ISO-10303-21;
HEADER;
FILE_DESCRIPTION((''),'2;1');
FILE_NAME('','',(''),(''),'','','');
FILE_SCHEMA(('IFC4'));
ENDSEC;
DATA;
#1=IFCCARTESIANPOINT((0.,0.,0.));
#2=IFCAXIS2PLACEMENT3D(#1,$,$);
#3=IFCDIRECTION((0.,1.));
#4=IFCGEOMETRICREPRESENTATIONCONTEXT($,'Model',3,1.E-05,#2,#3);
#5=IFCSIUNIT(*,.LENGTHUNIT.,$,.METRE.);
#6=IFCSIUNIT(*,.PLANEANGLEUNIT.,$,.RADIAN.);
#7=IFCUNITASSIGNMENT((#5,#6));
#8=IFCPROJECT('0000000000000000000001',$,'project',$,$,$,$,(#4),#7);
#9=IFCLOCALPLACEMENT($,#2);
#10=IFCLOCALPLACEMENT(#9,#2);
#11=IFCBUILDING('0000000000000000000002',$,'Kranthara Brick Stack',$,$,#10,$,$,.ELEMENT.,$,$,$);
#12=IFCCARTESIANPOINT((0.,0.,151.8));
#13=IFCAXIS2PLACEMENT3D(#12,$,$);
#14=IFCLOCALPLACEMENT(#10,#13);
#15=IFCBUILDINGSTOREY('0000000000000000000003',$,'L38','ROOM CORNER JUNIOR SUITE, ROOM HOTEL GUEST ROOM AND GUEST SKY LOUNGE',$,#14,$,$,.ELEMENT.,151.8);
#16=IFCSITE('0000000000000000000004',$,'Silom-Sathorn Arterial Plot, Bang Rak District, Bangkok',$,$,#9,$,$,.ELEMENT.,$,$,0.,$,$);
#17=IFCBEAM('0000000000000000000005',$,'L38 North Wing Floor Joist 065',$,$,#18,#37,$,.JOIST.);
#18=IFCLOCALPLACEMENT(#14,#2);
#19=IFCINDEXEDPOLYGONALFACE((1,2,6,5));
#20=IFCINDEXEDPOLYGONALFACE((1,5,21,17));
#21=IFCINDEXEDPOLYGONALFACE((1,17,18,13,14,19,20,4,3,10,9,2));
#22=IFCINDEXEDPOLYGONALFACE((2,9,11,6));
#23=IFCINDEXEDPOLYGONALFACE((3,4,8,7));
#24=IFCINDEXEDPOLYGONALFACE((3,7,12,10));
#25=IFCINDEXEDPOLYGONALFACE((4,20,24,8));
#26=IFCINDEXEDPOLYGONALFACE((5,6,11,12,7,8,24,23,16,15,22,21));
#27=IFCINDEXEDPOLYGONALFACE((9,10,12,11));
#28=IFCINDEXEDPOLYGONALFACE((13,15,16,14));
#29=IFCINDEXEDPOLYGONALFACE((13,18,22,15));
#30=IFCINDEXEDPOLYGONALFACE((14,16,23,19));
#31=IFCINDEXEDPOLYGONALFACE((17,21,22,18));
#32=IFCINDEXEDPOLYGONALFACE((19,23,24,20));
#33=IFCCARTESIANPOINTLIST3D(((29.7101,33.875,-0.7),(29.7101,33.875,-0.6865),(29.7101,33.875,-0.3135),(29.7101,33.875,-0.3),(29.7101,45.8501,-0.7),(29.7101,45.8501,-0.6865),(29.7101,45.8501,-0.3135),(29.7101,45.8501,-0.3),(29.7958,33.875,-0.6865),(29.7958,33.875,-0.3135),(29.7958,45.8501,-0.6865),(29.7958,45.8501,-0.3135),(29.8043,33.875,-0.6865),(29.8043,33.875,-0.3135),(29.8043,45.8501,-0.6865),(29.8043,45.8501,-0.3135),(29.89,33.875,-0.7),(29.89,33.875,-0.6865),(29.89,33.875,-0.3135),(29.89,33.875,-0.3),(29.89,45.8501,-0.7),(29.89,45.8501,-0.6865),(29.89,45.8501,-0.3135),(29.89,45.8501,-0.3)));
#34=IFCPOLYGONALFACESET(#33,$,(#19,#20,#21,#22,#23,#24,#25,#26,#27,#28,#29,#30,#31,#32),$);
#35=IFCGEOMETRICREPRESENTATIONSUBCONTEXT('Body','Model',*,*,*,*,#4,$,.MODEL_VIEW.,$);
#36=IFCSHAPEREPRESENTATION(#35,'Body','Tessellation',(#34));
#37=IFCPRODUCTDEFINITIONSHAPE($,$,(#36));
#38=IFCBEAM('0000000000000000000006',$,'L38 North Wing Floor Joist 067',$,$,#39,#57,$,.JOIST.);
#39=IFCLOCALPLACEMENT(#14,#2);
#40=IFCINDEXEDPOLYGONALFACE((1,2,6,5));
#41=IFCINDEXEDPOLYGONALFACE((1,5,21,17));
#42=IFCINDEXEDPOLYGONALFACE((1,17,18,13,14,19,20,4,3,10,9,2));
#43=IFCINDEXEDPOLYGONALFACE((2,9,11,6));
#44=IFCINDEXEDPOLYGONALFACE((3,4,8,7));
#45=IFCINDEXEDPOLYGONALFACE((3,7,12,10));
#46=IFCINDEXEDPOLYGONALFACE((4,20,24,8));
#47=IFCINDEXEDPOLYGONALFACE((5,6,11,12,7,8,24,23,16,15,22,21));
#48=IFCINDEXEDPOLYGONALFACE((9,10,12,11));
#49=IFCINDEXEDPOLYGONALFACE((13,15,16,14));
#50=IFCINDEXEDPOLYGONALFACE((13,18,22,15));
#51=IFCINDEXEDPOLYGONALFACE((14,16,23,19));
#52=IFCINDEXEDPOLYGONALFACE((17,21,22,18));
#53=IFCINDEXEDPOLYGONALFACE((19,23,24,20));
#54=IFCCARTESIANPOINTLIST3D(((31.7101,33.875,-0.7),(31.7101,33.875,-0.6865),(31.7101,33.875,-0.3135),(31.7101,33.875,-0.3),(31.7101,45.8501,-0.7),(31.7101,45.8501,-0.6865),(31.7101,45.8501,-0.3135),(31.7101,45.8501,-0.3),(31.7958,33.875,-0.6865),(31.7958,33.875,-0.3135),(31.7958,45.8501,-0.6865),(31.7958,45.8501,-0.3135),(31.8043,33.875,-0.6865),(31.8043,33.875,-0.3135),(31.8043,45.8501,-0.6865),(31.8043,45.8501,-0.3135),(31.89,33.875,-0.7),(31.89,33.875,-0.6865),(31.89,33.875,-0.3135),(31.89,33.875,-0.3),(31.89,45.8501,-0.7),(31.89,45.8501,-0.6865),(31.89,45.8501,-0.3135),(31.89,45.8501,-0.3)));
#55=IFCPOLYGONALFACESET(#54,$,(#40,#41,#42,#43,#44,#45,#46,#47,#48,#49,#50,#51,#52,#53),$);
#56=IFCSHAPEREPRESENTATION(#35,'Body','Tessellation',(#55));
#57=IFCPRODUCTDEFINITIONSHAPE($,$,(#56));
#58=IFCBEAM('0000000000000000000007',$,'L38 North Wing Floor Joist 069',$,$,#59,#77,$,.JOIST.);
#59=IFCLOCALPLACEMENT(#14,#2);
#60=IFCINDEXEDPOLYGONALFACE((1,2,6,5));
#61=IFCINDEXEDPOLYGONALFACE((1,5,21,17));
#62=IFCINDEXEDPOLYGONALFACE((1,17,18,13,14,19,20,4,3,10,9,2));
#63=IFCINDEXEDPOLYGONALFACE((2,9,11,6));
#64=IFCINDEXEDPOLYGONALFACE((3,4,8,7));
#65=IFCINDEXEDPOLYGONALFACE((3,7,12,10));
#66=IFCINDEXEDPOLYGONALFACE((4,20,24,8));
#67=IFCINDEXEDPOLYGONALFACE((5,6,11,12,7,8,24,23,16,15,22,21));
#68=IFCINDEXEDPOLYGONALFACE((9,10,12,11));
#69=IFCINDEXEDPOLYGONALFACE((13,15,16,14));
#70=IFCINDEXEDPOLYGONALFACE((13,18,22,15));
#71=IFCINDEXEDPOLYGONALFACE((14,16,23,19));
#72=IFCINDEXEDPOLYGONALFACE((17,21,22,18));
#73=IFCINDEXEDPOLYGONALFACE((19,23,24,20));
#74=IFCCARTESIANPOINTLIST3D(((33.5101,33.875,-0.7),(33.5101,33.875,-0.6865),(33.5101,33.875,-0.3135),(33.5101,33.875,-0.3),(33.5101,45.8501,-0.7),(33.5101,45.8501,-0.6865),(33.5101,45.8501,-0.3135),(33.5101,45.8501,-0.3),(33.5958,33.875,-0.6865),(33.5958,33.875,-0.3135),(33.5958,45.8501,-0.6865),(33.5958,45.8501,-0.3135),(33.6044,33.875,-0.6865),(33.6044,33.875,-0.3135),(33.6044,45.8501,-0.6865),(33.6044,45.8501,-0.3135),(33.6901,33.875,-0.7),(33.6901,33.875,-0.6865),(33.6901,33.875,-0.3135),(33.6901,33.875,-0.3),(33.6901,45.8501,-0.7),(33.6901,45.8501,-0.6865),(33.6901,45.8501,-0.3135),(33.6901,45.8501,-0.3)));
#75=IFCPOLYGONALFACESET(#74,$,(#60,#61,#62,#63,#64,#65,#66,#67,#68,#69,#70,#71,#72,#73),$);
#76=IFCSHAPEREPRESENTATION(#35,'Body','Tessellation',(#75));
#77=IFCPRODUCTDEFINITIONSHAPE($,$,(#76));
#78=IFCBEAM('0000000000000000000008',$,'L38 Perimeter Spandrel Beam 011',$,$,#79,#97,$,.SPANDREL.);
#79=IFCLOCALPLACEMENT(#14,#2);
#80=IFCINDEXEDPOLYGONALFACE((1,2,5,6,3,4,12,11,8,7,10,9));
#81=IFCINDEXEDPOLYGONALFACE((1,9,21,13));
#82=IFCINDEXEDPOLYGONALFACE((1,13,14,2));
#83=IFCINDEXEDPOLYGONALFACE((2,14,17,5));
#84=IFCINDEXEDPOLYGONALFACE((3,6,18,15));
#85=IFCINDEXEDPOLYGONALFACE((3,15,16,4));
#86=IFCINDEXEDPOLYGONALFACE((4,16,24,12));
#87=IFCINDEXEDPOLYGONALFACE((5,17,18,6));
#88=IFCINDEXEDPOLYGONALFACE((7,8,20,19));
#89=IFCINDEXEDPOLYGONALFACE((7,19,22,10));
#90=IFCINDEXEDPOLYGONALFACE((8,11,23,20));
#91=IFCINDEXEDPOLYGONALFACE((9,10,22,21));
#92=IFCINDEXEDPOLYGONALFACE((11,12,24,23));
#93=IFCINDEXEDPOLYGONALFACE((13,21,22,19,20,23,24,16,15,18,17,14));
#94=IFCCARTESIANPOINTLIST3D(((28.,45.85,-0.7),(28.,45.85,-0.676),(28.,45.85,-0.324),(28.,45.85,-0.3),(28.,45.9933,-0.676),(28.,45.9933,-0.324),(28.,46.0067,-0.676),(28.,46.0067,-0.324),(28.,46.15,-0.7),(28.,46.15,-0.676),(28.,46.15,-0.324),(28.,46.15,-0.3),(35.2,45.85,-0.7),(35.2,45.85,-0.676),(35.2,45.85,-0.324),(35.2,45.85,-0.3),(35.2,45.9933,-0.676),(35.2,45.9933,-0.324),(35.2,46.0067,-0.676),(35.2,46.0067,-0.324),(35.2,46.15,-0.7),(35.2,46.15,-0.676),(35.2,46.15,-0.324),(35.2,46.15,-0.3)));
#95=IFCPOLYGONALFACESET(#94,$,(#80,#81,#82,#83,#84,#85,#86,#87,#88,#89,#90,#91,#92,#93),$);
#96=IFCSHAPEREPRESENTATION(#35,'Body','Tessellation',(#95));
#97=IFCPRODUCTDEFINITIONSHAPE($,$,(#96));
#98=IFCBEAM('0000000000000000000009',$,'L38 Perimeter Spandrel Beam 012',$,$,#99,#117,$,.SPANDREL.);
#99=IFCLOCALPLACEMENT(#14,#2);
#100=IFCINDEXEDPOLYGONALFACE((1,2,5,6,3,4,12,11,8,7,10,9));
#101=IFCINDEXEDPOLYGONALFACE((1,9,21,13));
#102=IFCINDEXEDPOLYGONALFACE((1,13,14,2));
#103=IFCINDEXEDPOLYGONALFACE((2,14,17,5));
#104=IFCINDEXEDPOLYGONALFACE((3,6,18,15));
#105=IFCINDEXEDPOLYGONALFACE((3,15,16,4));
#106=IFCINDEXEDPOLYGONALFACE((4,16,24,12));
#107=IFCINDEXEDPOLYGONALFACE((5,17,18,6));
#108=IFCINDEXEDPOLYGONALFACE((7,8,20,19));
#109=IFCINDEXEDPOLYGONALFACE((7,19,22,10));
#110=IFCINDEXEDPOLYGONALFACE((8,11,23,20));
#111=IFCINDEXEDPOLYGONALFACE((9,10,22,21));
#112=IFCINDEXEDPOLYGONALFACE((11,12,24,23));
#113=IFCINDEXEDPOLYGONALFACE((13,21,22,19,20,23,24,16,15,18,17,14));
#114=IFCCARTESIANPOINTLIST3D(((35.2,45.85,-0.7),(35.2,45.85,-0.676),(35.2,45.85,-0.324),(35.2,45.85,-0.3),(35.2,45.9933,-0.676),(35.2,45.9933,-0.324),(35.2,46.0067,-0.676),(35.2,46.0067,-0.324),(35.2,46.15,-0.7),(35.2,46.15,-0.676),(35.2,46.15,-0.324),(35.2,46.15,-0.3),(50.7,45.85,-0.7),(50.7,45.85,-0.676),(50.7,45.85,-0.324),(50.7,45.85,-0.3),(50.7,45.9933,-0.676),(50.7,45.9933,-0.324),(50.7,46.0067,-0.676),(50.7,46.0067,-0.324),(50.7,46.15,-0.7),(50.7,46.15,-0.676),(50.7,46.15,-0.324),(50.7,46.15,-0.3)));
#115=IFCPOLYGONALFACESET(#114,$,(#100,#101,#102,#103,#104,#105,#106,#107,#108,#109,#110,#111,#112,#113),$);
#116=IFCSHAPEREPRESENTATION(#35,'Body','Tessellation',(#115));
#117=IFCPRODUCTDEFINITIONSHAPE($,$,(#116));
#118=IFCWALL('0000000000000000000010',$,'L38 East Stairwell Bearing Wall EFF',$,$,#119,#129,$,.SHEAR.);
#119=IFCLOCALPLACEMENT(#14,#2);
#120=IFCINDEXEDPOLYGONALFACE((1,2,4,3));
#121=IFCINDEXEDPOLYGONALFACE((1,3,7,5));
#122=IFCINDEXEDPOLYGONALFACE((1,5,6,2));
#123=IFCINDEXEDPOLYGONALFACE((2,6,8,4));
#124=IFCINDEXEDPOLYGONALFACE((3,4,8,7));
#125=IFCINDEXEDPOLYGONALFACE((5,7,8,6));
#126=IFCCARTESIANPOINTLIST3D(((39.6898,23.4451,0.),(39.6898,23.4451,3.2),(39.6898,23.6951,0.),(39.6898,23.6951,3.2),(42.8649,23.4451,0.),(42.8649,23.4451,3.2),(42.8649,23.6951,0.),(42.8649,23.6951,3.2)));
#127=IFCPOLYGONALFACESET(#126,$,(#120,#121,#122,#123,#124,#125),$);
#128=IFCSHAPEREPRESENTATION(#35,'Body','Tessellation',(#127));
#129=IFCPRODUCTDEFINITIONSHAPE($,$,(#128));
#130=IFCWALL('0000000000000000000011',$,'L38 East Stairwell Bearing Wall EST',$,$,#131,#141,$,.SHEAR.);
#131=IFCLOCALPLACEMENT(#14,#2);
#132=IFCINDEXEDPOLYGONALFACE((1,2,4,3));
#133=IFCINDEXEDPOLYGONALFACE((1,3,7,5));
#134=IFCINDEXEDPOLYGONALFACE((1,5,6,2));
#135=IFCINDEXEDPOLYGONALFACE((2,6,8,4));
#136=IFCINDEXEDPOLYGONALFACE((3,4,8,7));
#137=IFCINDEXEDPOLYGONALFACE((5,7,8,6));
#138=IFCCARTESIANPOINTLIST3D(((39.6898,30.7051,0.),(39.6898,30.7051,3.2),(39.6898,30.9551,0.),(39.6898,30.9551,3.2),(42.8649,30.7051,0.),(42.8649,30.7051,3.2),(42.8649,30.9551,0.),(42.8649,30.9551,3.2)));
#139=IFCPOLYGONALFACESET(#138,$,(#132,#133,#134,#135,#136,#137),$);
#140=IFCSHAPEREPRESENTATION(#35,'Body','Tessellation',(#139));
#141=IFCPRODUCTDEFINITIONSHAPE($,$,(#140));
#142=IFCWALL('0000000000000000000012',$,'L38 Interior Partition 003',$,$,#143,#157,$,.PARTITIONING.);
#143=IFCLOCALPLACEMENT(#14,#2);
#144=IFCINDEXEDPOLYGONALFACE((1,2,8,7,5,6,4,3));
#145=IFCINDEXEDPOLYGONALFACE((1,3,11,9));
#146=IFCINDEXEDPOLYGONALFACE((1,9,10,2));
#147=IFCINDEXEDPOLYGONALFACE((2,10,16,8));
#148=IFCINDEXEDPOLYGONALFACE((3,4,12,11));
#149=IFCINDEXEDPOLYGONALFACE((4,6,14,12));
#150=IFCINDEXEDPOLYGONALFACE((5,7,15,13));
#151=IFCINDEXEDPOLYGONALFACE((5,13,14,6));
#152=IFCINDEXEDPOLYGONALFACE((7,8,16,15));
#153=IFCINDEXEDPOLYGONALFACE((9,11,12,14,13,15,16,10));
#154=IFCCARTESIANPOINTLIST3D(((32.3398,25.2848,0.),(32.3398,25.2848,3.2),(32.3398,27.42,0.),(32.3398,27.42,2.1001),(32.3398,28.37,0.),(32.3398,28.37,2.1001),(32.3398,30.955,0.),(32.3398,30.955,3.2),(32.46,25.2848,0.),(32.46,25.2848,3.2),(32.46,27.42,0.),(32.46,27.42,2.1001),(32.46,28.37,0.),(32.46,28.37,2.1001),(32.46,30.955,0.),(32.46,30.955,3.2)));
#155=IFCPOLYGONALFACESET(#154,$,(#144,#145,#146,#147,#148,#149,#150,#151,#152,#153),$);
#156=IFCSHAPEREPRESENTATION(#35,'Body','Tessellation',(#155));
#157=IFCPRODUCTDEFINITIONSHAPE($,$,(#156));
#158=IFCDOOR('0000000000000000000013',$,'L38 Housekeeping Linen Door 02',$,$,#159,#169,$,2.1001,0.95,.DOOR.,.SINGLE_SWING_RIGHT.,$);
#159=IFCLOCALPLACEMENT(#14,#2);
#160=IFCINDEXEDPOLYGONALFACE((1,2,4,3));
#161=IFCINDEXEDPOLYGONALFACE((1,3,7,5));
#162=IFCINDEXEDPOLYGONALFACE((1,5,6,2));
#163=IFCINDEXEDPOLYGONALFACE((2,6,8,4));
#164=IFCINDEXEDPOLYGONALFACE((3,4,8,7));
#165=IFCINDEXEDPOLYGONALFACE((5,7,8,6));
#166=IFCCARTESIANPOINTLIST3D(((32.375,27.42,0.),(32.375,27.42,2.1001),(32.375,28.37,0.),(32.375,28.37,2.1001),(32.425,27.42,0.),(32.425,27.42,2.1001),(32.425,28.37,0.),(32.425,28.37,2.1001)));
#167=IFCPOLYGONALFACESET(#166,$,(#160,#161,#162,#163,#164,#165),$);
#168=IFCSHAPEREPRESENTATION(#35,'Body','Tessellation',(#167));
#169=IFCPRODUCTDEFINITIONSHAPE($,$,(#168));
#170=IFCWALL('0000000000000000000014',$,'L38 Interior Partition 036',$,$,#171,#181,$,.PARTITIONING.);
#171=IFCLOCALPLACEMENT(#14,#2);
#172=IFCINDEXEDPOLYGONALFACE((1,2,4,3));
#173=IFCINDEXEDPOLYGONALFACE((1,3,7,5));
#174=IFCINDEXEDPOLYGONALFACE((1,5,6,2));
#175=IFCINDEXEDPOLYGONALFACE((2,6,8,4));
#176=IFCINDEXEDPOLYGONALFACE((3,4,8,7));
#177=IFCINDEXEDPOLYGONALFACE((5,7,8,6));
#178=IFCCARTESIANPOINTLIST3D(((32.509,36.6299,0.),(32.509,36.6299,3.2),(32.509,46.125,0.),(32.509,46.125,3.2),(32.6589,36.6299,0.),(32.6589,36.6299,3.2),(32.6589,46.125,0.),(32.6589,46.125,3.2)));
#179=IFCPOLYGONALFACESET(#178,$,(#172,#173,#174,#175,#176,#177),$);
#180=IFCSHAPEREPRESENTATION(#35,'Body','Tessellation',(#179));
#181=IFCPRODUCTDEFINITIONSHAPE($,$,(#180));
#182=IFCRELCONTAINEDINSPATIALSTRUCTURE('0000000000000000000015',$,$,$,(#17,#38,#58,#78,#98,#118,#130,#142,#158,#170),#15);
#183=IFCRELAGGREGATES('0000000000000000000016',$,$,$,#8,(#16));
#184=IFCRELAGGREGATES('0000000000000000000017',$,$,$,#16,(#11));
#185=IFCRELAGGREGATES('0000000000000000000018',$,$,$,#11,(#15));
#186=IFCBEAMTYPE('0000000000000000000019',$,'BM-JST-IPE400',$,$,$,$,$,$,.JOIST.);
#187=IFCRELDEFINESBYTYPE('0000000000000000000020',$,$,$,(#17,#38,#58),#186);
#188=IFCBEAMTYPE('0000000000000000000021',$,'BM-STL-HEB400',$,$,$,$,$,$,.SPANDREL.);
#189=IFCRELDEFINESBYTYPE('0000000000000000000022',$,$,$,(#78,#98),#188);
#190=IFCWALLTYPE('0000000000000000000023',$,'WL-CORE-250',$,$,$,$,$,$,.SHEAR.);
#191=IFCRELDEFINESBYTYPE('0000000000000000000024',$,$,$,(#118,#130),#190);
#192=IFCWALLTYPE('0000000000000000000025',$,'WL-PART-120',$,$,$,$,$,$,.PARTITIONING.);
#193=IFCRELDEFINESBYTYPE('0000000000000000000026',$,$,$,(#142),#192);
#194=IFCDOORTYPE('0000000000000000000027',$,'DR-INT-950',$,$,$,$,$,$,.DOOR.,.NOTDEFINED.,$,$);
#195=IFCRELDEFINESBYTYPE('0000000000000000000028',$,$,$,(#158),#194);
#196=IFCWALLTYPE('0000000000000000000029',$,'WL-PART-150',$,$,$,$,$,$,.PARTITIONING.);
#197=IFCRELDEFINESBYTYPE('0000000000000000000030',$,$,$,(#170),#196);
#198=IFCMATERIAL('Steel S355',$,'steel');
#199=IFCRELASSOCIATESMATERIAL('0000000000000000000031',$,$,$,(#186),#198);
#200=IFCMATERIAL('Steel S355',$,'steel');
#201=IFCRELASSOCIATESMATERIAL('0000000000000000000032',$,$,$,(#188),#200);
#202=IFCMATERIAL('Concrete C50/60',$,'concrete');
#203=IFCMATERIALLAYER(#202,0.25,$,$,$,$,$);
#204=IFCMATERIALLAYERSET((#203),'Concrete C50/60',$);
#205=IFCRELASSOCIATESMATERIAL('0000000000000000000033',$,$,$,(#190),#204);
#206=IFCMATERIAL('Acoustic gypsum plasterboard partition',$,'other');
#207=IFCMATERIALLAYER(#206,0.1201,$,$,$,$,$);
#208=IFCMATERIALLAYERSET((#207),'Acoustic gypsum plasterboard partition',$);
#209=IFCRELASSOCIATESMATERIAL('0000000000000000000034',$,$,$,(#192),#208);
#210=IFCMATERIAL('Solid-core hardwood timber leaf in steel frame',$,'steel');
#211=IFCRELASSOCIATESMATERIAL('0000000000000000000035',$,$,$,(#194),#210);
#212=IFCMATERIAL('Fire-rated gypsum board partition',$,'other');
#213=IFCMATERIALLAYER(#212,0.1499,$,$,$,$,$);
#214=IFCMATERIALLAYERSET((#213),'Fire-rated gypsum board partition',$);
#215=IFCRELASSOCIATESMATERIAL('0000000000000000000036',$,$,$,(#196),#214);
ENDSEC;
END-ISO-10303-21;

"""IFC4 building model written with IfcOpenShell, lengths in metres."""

from ifc_helpers import new_model, si_unit, direction, frame, frame_2d, origin, origin_2d, place, context, subcontext, project, spatial, rectangle, i_section, extrude, material, layer, layer_set, material_profile, profile_set, type_object, element, fill, save


model = new_model("IFC4")

# Units and contexts
model_context = context("Model", 3, precision=1e-05, world=origin(), true_north=direction((0.0, 1.0)))
body_context = subcontext(model_context, "Body", "Model", "MODEL_VIEW")
ifc_project = project(units=[si_unit("LENGTHUNIT", "METRE"), si_unit("PLANEANGLEUNIT", "RADIAN")], contexts=[model_context])

# Site, building, storey
site_placement = place(None, origin())
site = spatial("IfcSite", under=ifc_project, at=site_placement, Name="Silom-Sathorn Arterial Plot, Bang Rak District, Bangkok", CompositionType="ELEMENT", RefElevation=0.0)
building_placement = place(site_placement, origin())
building = spatial("IfcBuilding", under=site, at=building_placement, Name="Kranthara Brick Stack", CompositionType="ELEMENT")
storey_placement = place(building_placement, frame((0.0, 0.0, 151.8)))
storey = spatial("IfcBuildingStorey", under=building, at=storey_placement, Name="L38", Description="ROOM CORNER JUNIOR SUITE, ROOM HOTEL GUEST ROOM AND GUEST SKY LOUNGE", CompositionType="ELEMENT", Elevation=151.8)

# Beams
ifc_material_1 = material(Name="Steel S355", Category="steel")
ifc_material_profile_1 = material_profile(ifc_material_1, i_section(OverallWidth=0.1799, OverallDepth=0.3999, WebThickness=0.0085, FlangeThickness=0.0134, at=origin_2d()), Name="IPE 400")
ifc_profile_set_1 = profile_set([ifc_material_profile_1], Name="Steel S355")
beam_type_1 = type_object("IfcBeamType", Name="BM-JST-IPE400", PredefinedType="JOIST", material=ifc_profile_set_1)
for number, where, z_axis, x_axis, name in (
    (1, (29.8, 33.875, -0.5), (0.0, 1.0, 0.0), (-1.0, 0.0, 0.0), "L38 North Wing Floor Joist 065"),
    (2, (31.8, 33.875, -0.5), (0.0, 1.0, 0.0), (-1.0, 0.0, 0.0), "L38 North Wing Floor Joist 067"),
    (3, (33.6001, 33.875, -0.5), (0.0, 1.0, 0.0), (-1.0, 0.0, 0.0), "L38 North Wing Floor Joist 069"),
):
    element("IfcBeam", number, at=place(storey_placement, frame(where, z_axis=z_axis, x_axis=x_axis)), inside=storey, type_object=beam_type_1, Name=name, PredefinedType="JOIST", context=body_context, shape_type="SweptSolid", body=[
        extrude(i_section(OverallWidth=0.1799, OverallDepth=0.3999, WebThickness=0.0085, FlangeThickness=0.0134, at=origin_2d()), origin(), (0.0, 0.0, 1.0), 11.9751),
    ])
ifc_material_2 = material(Name="Steel S355", Category="steel")
ifc_material_profile_2 = material_profile(ifc_material_2, i_section(OverallWidth=0.3, OverallDepth=0.3999, WebThickness=0.0134, FlangeThickness=0.0239, at=origin_2d()), Name="HEB 400")
ifc_profile_set_2 = profile_set([ifc_material_profile_2], Name="Steel S355")
beam_type_2 = type_object("IfcBeamType", Name="BM-STL-HEB400", PredefinedType="SPANDREL", material=ifc_profile_set_2)
beam_1_placement = place(storey_placement, frame((28.0, 46.0, -0.5), z_axis=(1.0, 0.0, 0.0), x_axis=(0.0, 1.0, 0.0)))
element("IfcBeam", 4, at=beam_1_placement, inside=storey, type_object=beam_type_2, Name="L38 Perimeter Spandrel Beam 011", PredefinedType="SPANDREL", context=body_context, shape_type="SweptSolid", body=[
    extrude(i_section(OverallWidth=0.3, OverallDepth=0.3999, WebThickness=0.0134, FlangeThickness=0.0239, at=origin_2d()), origin(), (0.0, 0.0, 1.0), 7.2),
])
beam_2_placement = place(storey_placement, frame((35.2, 46.0, -0.5), z_axis=(1.0, 0.0, 0.0), x_axis=(0.0, 1.0, 0.0)))
element("IfcBeam", 5, at=beam_2_placement, inside=storey, type_object=beam_type_2, Name="L38 Perimeter Spandrel Beam 012", PredefinedType="SPANDREL", context=body_context, shape_type="SweptSolid", body=[
    extrude(i_section(OverallWidth=0.3, OverallDepth=0.3999, WebThickness=0.0134, FlangeThickness=0.0239, at=origin_2d()), origin(), (0.0, 0.0, 1.0), 15.5),
])

# Walls
ifc_material_3 = material(Name="Concrete C50/60", Category="concrete")
ifc_layer_1 = layer(ifc_material_3, 0.25)
ifc_layer_set_1 = layer_set([ifc_layer_1], Name="Concrete C50/60")
wall_type_1 = type_object("IfcWallType", Name="WL-CORE-250", PredefinedType="SHEAR", material=ifc_layer_set_1)
for number, where, z_axis, x_axis, name in (
    (6, (39.6899, 23.5701, 0.0), (0.0, 0.0, 1.0), (1.0, 0.0, 0.0), "L38 East Stairwell Bearing Wall EFF"),
    (7, (39.6899, 30.8301, 0.0), (0.0, 0.0, 1.0), (1.0, 0.0, 0.0), "L38 East Stairwell Bearing Wall EST"),
):
    element("IfcWall", number, at=place(storey_placement, frame(where, z_axis=z_axis, x_axis=x_axis)), inside=storey, type_object=wall_type_1, Name=name, PredefinedType="SHEAR", context=body_context, shape_type="SweptSolid", body=[
        extrude(rectangle(XDim=3.175, YDim=0.25, at=frame_2d((1.5874, 0.0))), origin(), (0.0, 0.0, 1.0), 3.2),
    ])

# Wall, opening, door
ifc_material_4 = material(Name="Acoustic gypsum plasterboard partition", Category="other")
ifc_layer_2 = layer(ifc_material_4, 0.1201)
ifc_layer_set_2 = layer_set([ifc_layer_2], Name="Acoustic gypsum plasterboard partition")
wall_type_2 = type_object("IfcWallType", Name="WL-PART-120", PredefinedType="PARTITIONING", material=ifc_layer_set_2)
wall_1_placement = place(storey_placement, frame((32.3999, 25.2849, 0.0), z_axis=(0.0, 0.0, 1.0), x_axis=(0.0, 1.0, 0.0)))
wall_1 = element("IfcWall", 8, at=wall_1_placement, inside=storey, type_object=wall_type_2, Name="L38 Interior Partition 003", PredefinedType="PARTITIONING", context=body_context, shape_type="SweptSolid", body=[
    extrude(rectangle(XDim=5.6702, YDim=0.1201, at=frame_2d((2.835, 0.0))), origin(), (0.0, 0.0, 1.0), 3.2),
])
opening_1_placement = place(wall_1_placement, frame((2.135, 0.0, 0.0)))
opening_1 = element("IfcOpeningElement", 9, at=opening_1_placement, cuts=wall_1, PredefinedType="OPENING", context=body_context, shape_type="SweptSolid", body=[
    extrude(rectangle(XDim=0.95, YDim=2.1001, at=frame_2d((0.4751, 1.05))), frame((0.0, 0.0701, 0.0), z_axis=(0.0, -1.0, 0.0), x_axis=(1.0, 0.0, 0.0)), (0.0, 0.0, 1.0), 0.1401),
])
ifc_material_5 = material(Name="Solid-core hardwood timber leaf in steel frame", Category="steel")
door_type_1 = type_object("IfcDoorType", Name="DR-INT-950", OperationType="NOTDEFINED", PredefinedType="DOOR", material=ifc_material_5)
door_1_placement = place(opening_1_placement, origin())
door_1 = element("IfcDoor", 10, at=door_1_placement, inside=storey, type_object=door_type_1, Name="L38 Housekeeping Linen Door 02", OperationType="SINGLE_SWING_RIGHT", OverallHeight=2.1001, OverallWidth=0.95, PredefinedType="DOOR", context=body_context, shape_type="SweptSolid", body=[
    extrude(rectangle(XDim=0.95, YDim=2.1001, at=frame_2d((0.4751, 1.05))), frame((0.0, 0.0249, 0.0), z_axis=(0.0, -1.0, 0.0), x_axis=(1.0, 0.0, 0.0)), (0.0, 0.0, 1.0), 0.05),
])
fill(opening_1, door_1)

# Wall
ifc_material_6 = material(Name="Fire-rated gypsum board partition", Category="other")
ifc_layer_3 = layer(ifc_material_6, 0.1499)
ifc_layer_set_3 = layer_set([ifc_layer_3], Name="Fire-rated gypsum board partition")
wall_type_3 = type_object("IfcWallType", Name="WL-PART-150", PredefinedType="PARTITIONING", material=ifc_layer_set_3)
wall_2_placement = place(storey_placement, frame((32.584, 36.6299, 0.0), z_axis=(0.0, 0.0, 1.0), x_axis=(0.0, 1.0, 0.0)))
element("IfcWall", 11, at=wall_2_placement, inside=storey, type_object=wall_type_3, Name="L38 Interior Partition 036", PredefinedType="PARTITIONING", context=body_context, shape_type="SweptSolid", body=[
    extrude(rectangle(XDim=9.4951, YDim=0.1499, at=frame_2d((4.7476, 0.0))), origin(), (0.0, 0.0, 1.0), 3.2),
])

save(model, "model.ifc")
